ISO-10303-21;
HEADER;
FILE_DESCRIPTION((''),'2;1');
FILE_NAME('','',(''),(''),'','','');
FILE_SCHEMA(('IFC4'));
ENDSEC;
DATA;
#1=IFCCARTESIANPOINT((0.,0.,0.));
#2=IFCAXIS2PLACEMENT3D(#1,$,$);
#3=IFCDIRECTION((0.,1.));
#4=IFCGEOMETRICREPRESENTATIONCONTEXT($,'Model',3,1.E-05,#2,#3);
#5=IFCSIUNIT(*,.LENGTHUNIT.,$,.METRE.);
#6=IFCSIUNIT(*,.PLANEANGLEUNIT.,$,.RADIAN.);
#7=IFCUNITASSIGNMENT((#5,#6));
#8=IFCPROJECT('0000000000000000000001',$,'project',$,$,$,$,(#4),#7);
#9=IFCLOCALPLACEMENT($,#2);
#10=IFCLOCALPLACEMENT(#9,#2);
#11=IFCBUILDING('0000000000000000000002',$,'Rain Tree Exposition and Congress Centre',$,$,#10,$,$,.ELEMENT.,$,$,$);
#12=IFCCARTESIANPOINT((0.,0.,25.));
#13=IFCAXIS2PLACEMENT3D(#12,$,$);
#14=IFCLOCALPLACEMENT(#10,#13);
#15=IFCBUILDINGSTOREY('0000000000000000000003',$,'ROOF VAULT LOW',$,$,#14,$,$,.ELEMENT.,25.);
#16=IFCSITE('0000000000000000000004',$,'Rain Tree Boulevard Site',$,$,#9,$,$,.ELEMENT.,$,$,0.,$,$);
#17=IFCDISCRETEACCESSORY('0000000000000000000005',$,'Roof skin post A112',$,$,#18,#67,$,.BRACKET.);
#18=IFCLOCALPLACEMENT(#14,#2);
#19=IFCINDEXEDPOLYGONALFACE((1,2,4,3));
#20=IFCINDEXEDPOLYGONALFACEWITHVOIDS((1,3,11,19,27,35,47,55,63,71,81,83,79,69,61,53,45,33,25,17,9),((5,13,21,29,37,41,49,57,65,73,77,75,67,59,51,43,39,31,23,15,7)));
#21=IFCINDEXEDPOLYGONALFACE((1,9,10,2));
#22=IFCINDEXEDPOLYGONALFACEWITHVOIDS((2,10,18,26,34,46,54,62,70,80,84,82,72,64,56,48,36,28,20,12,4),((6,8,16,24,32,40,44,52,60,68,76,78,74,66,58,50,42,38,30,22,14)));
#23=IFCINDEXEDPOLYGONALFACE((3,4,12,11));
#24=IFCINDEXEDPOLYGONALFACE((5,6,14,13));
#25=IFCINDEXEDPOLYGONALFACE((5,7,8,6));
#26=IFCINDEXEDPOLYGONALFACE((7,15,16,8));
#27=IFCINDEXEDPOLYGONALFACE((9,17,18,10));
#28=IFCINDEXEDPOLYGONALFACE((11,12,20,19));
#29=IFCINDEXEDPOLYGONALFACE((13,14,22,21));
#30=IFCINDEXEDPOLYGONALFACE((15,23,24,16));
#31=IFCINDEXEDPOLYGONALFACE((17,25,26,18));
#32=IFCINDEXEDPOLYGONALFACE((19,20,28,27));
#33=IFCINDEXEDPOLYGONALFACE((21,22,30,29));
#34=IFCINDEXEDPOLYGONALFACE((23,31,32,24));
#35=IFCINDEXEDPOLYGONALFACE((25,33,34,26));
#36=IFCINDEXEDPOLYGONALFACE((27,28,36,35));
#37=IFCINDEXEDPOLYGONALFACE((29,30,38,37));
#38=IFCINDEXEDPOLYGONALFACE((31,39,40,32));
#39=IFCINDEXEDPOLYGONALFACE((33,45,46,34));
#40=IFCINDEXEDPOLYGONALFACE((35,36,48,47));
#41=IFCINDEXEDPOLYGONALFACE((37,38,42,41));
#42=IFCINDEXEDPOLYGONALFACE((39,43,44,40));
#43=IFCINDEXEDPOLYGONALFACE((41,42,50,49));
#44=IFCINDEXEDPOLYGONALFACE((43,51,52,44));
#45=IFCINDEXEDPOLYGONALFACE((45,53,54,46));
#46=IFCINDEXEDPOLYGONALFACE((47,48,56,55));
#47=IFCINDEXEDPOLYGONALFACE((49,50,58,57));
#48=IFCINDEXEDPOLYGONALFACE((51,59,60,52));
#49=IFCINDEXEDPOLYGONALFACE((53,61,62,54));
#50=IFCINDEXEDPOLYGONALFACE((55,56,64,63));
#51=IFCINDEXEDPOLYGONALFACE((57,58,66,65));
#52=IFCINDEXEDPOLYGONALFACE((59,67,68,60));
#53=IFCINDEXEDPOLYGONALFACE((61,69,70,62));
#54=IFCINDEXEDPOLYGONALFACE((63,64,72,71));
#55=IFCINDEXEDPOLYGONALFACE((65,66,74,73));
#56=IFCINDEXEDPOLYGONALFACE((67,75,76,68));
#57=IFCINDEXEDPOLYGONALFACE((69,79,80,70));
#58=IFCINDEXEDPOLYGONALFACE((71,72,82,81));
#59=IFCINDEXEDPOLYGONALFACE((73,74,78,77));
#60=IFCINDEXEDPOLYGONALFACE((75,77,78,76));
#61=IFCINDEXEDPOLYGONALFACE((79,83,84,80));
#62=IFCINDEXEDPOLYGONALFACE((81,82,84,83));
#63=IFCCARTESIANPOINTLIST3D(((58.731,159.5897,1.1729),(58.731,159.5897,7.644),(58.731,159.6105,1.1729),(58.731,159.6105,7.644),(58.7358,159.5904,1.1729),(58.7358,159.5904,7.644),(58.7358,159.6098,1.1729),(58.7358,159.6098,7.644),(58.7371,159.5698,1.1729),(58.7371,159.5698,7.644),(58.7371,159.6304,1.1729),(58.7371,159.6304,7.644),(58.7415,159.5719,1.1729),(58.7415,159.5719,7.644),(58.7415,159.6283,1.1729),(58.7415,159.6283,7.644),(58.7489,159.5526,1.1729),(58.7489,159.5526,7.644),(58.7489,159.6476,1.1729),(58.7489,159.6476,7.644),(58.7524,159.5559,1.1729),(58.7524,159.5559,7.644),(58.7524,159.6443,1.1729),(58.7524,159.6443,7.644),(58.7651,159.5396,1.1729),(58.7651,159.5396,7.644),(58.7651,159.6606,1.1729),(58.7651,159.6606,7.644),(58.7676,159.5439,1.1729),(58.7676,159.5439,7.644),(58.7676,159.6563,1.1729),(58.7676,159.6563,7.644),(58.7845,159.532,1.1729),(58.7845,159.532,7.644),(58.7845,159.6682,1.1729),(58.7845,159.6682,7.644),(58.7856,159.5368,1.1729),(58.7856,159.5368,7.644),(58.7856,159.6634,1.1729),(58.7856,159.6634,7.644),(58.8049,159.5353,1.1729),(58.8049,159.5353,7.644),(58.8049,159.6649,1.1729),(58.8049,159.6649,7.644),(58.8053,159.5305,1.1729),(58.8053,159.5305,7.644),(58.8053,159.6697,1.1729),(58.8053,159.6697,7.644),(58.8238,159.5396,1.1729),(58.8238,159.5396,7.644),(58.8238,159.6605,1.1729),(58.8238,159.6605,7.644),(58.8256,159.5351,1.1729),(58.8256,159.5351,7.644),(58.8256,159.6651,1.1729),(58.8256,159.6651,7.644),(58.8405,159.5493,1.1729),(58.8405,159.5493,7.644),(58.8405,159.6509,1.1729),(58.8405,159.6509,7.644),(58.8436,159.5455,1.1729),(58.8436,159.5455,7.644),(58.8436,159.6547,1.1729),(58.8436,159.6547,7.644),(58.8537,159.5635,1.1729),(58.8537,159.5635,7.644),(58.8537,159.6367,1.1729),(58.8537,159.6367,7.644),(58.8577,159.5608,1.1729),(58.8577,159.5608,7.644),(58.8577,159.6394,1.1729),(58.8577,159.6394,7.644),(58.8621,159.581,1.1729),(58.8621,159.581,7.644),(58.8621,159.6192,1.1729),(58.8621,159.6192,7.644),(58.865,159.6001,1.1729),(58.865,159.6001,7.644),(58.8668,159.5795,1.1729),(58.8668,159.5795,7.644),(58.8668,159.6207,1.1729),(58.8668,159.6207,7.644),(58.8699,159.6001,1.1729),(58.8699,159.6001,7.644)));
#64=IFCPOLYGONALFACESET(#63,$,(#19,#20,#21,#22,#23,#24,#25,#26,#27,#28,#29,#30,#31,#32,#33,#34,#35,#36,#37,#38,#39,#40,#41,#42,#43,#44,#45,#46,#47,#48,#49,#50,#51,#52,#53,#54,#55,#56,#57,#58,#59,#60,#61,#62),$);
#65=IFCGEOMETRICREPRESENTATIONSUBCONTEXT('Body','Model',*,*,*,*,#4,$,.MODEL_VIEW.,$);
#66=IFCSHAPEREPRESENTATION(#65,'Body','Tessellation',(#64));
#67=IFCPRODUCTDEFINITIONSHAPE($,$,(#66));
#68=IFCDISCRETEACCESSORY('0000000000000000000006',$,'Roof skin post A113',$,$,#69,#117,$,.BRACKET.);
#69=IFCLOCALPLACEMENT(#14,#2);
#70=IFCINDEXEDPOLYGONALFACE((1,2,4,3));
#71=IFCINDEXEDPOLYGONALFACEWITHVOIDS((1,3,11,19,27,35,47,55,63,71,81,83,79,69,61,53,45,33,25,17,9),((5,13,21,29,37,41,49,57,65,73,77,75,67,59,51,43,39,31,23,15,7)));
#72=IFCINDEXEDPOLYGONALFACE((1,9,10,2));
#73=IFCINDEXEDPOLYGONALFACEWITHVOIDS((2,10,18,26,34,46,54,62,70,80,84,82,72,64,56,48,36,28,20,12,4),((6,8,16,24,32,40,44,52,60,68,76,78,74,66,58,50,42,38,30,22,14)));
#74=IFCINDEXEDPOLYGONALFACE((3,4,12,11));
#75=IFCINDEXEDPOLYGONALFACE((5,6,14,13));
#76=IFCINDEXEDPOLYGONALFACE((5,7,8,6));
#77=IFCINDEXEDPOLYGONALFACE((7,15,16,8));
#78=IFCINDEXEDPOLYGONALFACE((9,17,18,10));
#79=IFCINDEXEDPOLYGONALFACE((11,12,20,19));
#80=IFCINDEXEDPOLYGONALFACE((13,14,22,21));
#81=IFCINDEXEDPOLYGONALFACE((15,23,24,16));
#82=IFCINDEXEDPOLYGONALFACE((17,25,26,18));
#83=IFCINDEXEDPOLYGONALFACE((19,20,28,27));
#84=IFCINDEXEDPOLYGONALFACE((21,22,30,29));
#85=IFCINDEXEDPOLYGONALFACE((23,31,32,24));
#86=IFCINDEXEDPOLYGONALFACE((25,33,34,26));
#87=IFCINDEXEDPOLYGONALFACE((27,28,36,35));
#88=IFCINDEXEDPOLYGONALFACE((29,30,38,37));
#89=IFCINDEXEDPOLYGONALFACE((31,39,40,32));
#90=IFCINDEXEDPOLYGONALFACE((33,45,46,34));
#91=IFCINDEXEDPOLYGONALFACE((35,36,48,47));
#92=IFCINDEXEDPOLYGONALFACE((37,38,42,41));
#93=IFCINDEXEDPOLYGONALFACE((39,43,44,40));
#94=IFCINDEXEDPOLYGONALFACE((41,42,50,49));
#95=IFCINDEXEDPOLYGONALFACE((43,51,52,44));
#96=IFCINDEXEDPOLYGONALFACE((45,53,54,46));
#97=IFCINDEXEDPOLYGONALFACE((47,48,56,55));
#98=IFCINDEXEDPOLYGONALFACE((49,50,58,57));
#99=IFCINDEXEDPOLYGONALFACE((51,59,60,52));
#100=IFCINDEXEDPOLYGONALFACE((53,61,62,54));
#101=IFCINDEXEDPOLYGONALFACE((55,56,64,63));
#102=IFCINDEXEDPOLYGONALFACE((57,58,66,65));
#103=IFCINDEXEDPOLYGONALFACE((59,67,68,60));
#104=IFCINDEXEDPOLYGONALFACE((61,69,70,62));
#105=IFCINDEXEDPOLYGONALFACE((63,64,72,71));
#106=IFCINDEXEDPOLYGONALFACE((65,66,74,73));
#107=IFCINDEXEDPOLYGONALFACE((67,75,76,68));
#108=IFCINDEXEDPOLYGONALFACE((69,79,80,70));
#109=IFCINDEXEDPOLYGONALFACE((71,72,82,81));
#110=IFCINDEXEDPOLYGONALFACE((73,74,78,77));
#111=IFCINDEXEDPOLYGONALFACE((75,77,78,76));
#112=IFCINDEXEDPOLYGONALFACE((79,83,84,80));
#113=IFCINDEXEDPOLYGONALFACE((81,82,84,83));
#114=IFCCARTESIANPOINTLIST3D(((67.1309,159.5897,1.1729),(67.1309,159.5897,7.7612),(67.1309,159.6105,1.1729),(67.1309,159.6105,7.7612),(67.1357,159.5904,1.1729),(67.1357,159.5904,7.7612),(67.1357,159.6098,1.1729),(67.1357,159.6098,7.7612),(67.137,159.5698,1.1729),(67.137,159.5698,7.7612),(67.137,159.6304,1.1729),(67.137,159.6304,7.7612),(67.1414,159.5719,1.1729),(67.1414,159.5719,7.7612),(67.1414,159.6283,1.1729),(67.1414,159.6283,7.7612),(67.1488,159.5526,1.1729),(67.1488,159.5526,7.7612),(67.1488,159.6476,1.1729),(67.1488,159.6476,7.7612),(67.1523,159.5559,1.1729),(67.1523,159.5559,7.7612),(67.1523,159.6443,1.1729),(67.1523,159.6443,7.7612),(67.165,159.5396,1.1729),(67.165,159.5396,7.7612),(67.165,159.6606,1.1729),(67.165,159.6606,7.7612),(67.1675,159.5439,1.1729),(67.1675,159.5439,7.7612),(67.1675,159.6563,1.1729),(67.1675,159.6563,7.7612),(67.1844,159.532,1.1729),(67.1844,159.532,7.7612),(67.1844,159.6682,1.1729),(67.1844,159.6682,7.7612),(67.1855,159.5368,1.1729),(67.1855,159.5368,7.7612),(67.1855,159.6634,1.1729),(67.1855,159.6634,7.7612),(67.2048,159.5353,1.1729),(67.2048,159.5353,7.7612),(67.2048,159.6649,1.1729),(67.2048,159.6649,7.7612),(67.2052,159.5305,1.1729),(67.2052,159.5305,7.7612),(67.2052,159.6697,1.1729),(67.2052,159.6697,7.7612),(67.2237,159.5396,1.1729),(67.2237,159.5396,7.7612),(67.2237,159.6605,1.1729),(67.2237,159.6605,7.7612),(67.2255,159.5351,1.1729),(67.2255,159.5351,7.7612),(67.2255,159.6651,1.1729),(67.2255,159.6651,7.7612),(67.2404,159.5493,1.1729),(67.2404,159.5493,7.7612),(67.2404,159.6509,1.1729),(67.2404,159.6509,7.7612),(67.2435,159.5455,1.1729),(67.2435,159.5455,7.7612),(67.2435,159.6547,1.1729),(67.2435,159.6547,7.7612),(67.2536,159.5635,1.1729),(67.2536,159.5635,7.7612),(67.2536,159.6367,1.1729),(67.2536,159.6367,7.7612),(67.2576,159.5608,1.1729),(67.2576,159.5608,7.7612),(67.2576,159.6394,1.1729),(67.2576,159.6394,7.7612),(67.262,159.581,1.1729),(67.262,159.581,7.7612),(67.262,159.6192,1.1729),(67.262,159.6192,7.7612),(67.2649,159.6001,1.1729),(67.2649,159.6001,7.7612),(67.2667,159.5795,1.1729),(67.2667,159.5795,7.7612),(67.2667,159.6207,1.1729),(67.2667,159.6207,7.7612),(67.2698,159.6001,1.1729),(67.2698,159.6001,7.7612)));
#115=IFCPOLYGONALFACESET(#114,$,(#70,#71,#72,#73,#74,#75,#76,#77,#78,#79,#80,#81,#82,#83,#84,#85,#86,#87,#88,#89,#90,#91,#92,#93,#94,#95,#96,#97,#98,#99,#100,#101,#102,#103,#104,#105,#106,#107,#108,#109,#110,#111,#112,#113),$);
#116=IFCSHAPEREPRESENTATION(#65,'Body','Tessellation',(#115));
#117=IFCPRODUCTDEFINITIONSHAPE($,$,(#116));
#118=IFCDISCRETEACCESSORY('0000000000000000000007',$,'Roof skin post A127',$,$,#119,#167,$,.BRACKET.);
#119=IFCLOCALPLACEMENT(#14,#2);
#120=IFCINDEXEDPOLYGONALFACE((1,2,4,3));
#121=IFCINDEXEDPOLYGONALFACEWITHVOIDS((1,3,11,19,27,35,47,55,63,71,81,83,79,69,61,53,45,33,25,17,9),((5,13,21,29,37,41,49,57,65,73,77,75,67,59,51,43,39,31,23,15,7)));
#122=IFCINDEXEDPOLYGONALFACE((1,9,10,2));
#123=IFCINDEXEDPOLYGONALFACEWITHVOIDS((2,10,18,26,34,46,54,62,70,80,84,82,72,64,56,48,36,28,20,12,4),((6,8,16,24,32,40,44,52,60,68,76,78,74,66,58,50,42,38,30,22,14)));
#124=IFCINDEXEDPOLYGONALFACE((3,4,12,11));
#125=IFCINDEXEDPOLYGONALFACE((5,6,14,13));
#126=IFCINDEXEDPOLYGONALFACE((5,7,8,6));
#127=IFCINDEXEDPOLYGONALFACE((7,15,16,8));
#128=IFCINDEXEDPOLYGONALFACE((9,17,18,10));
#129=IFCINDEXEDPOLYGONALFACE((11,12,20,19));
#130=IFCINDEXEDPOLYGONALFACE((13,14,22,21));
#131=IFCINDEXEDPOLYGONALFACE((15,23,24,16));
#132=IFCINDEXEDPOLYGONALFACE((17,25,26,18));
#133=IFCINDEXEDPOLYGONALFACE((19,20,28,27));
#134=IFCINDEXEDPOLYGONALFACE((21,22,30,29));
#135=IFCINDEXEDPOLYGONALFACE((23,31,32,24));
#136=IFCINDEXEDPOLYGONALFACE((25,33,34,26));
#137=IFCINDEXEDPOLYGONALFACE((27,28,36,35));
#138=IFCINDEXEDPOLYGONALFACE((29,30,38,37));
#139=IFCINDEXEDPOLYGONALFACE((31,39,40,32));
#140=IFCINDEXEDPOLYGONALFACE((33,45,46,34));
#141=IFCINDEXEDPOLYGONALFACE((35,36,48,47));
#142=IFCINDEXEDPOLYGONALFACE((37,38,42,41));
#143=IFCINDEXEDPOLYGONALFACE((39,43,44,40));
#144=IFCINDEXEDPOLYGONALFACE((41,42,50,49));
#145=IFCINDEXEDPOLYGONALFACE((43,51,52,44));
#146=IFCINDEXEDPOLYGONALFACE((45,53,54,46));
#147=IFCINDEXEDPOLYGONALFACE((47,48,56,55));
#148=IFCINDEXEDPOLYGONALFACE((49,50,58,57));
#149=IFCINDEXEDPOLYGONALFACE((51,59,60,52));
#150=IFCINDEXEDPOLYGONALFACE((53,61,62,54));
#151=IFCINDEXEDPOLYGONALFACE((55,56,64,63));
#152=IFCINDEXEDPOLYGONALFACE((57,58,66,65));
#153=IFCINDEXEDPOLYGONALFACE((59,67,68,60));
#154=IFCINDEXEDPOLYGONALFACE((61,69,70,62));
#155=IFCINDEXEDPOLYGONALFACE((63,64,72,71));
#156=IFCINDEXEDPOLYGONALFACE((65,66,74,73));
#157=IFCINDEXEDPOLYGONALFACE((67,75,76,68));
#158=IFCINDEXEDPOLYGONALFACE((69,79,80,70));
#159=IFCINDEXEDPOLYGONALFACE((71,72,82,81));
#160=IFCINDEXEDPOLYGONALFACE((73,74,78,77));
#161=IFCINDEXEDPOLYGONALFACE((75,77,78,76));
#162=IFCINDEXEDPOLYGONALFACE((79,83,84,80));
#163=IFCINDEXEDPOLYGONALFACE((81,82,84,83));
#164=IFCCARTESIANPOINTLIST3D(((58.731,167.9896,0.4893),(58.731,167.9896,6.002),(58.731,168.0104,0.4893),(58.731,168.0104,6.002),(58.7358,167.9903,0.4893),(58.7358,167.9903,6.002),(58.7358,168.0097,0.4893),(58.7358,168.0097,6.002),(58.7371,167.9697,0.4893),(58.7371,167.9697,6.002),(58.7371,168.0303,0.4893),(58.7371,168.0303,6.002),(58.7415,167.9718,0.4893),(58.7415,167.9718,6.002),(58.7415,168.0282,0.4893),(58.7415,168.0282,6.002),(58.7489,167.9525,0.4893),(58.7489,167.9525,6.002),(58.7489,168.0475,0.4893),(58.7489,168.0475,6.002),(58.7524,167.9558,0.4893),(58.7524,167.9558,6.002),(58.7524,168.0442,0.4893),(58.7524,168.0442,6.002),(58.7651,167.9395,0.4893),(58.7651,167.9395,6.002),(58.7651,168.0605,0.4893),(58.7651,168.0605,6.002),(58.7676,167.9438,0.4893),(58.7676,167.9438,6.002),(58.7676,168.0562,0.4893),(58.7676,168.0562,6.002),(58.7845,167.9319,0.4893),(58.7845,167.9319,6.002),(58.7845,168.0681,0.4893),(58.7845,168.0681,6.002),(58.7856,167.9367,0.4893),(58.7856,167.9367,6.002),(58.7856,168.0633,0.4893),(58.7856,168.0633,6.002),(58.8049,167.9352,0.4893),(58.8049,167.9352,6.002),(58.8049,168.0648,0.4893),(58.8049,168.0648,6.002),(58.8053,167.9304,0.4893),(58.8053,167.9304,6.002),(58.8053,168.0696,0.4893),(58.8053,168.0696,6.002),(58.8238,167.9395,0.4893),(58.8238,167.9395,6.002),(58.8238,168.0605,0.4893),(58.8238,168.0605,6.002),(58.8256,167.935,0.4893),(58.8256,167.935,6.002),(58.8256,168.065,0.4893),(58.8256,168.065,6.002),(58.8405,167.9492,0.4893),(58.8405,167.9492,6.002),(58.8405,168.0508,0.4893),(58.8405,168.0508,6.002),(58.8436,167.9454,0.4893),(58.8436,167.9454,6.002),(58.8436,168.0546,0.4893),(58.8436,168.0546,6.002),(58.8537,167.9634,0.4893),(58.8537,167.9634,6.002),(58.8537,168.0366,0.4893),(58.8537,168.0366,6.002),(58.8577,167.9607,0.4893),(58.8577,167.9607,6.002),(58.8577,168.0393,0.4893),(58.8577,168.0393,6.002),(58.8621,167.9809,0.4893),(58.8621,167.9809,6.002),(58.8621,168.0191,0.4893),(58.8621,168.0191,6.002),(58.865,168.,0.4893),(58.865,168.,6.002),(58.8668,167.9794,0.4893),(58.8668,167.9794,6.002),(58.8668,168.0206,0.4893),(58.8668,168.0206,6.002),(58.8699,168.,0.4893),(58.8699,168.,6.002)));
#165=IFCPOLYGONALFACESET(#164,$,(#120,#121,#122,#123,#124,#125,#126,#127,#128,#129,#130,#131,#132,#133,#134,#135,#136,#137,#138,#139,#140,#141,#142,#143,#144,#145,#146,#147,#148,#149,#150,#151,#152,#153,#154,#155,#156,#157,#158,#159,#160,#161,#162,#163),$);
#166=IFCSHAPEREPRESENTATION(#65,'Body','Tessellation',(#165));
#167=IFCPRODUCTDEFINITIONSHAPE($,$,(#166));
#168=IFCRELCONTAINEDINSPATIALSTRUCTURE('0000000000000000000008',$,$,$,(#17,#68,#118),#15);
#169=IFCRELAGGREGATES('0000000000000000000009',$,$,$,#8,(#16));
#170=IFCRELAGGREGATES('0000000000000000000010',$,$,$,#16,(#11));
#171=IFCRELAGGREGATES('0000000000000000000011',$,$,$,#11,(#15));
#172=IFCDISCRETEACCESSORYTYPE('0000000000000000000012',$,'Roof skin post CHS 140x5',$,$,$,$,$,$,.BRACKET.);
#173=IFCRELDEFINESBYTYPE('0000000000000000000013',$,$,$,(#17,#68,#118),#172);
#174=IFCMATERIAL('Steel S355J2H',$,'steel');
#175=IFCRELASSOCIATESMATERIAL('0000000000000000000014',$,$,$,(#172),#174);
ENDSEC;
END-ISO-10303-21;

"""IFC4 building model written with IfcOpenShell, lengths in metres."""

from ifc_helpers import new_model, si_unit, direction, frame, origin, origin_2d, place, context, subcontext, project, spatial, hollow_circle, extrude, material, material_profile, profile_set, type_object, element, save


model = new_model("IFC4")

# Units and contexts
model_context = context("Model", 3, precision=1e-05, world=origin(), true_north=direction((0.0, 1.0)))
body_context = subcontext(model_context, "Body", "Model", "MODEL_VIEW")
ifc_project = project(units=[si_unit("LENGTHUNIT", "METRE"), si_unit("PLANEANGLEUNIT", "RADIAN")], contexts=[model_context])

# Site, building, storey
site_placement = place(None, origin())
site = spatial("IfcSite", under=ifc_project, at=site_placement, Name="Rain Tree Boulevard Site", CompositionType="ELEMENT", RefElevation=0.0)
building_placement = place(site_placement, origin())
building = spatial("IfcBuilding", under=site, at=building_placement, Name="Rain Tree Exposition and Congress Centre", CompositionType="ELEMENT")
storey_placement = place(building_placement, frame((0.0, 0.0, 25.0)))
storey = spatial("IfcBuildingStorey", under=building, at=storey_placement, Name="ROOF VAULT LOW", CompositionType="ELEMENT", Elevation=25.0)

# Discrete accessories
ifc_material_1 = material(Name="Steel S355J2H", Category="steel")
ifc_material_profile_1 = material_profile(ifc_material_1, hollow_circle(Radius=0.0698, WallThickness=0.0049, at=origin_2d()), Name="CHS 140x5")
ifc_profile_set_1 = profile_set([ifc_material_profile_1], Name="Steel S355J2H")
discrete_accessory_type_1 = type_object("IfcDiscreteAccessoryType", Name="Roof skin post CHS 140x5", PredefinedType="BRACKET", material=ifc_profile_set_1)
discrete_accessory_1_placement = place(storey_placement, frame((58.8, 159.6001, 1.1729), z_axis=(0.0, 0.0, 1.0), x_axis=(1.0, 0.0, 0.0)))
element("IfcDiscreteAccessory", 1, at=discrete_accessory_1_placement, inside=storey, type_object=discrete_accessory_type_1, Name="Roof skin post A112", PredefinedType="BRACKET", context=body_context, shape_type="SweptSolid", body=[
    extrude(hollow_circle(Radius=0.0698, WallThickness=0.0049, at=origin_2d()), origin(), (0.0, 0.0, 1.0), 6.4712),
])
discrete_accessory_2_placement = place(storey_placement, frame((67.2, 159.6001, 1.1729), z_axis=(0.0, 0.0, 1.0), x_axis=(1.0, 0.0, 0.0)))
element("IfcDiscreteAccessory", 2, at=discrete_accessory_2_placement, inside=storey, type_object=discrete_accessory_type_1, Name="Roof skin post A113", PredefinedType="BRACKET", context=body_context, shape_type="SweptSolid", body=[
    extrude(hollow_circle(Radius=0.0698, WallThickness=0.0049, at=origin_2d()), origin(), (0.0, 0.0, 1.0), 6.5884),
])
discrete_accessory_3_placement = place(storey_placement, frame((58.8, 168.0, 0.4893), z_axis=(0.0, 0.0, 1.0), x_axis=(1.0, 0.0, 0.0)))
element("IfcDiscreteAccessory", 3, at=discrete_accessory_3_placement, inside=storey, type_object=discrete_accessory_type_1, Name="Roof skin post A127", PredefinedType="BRACKET", context=body_context, shape_type="SweptSolid", body=[
    extrude(hollow_circle(Radius=0.0698, WallThickness=0.0049, at=origin_2d()), origin(), (0.0, 0.0, 1.0), 5.5127),
])

save(model, "model.ifc")
